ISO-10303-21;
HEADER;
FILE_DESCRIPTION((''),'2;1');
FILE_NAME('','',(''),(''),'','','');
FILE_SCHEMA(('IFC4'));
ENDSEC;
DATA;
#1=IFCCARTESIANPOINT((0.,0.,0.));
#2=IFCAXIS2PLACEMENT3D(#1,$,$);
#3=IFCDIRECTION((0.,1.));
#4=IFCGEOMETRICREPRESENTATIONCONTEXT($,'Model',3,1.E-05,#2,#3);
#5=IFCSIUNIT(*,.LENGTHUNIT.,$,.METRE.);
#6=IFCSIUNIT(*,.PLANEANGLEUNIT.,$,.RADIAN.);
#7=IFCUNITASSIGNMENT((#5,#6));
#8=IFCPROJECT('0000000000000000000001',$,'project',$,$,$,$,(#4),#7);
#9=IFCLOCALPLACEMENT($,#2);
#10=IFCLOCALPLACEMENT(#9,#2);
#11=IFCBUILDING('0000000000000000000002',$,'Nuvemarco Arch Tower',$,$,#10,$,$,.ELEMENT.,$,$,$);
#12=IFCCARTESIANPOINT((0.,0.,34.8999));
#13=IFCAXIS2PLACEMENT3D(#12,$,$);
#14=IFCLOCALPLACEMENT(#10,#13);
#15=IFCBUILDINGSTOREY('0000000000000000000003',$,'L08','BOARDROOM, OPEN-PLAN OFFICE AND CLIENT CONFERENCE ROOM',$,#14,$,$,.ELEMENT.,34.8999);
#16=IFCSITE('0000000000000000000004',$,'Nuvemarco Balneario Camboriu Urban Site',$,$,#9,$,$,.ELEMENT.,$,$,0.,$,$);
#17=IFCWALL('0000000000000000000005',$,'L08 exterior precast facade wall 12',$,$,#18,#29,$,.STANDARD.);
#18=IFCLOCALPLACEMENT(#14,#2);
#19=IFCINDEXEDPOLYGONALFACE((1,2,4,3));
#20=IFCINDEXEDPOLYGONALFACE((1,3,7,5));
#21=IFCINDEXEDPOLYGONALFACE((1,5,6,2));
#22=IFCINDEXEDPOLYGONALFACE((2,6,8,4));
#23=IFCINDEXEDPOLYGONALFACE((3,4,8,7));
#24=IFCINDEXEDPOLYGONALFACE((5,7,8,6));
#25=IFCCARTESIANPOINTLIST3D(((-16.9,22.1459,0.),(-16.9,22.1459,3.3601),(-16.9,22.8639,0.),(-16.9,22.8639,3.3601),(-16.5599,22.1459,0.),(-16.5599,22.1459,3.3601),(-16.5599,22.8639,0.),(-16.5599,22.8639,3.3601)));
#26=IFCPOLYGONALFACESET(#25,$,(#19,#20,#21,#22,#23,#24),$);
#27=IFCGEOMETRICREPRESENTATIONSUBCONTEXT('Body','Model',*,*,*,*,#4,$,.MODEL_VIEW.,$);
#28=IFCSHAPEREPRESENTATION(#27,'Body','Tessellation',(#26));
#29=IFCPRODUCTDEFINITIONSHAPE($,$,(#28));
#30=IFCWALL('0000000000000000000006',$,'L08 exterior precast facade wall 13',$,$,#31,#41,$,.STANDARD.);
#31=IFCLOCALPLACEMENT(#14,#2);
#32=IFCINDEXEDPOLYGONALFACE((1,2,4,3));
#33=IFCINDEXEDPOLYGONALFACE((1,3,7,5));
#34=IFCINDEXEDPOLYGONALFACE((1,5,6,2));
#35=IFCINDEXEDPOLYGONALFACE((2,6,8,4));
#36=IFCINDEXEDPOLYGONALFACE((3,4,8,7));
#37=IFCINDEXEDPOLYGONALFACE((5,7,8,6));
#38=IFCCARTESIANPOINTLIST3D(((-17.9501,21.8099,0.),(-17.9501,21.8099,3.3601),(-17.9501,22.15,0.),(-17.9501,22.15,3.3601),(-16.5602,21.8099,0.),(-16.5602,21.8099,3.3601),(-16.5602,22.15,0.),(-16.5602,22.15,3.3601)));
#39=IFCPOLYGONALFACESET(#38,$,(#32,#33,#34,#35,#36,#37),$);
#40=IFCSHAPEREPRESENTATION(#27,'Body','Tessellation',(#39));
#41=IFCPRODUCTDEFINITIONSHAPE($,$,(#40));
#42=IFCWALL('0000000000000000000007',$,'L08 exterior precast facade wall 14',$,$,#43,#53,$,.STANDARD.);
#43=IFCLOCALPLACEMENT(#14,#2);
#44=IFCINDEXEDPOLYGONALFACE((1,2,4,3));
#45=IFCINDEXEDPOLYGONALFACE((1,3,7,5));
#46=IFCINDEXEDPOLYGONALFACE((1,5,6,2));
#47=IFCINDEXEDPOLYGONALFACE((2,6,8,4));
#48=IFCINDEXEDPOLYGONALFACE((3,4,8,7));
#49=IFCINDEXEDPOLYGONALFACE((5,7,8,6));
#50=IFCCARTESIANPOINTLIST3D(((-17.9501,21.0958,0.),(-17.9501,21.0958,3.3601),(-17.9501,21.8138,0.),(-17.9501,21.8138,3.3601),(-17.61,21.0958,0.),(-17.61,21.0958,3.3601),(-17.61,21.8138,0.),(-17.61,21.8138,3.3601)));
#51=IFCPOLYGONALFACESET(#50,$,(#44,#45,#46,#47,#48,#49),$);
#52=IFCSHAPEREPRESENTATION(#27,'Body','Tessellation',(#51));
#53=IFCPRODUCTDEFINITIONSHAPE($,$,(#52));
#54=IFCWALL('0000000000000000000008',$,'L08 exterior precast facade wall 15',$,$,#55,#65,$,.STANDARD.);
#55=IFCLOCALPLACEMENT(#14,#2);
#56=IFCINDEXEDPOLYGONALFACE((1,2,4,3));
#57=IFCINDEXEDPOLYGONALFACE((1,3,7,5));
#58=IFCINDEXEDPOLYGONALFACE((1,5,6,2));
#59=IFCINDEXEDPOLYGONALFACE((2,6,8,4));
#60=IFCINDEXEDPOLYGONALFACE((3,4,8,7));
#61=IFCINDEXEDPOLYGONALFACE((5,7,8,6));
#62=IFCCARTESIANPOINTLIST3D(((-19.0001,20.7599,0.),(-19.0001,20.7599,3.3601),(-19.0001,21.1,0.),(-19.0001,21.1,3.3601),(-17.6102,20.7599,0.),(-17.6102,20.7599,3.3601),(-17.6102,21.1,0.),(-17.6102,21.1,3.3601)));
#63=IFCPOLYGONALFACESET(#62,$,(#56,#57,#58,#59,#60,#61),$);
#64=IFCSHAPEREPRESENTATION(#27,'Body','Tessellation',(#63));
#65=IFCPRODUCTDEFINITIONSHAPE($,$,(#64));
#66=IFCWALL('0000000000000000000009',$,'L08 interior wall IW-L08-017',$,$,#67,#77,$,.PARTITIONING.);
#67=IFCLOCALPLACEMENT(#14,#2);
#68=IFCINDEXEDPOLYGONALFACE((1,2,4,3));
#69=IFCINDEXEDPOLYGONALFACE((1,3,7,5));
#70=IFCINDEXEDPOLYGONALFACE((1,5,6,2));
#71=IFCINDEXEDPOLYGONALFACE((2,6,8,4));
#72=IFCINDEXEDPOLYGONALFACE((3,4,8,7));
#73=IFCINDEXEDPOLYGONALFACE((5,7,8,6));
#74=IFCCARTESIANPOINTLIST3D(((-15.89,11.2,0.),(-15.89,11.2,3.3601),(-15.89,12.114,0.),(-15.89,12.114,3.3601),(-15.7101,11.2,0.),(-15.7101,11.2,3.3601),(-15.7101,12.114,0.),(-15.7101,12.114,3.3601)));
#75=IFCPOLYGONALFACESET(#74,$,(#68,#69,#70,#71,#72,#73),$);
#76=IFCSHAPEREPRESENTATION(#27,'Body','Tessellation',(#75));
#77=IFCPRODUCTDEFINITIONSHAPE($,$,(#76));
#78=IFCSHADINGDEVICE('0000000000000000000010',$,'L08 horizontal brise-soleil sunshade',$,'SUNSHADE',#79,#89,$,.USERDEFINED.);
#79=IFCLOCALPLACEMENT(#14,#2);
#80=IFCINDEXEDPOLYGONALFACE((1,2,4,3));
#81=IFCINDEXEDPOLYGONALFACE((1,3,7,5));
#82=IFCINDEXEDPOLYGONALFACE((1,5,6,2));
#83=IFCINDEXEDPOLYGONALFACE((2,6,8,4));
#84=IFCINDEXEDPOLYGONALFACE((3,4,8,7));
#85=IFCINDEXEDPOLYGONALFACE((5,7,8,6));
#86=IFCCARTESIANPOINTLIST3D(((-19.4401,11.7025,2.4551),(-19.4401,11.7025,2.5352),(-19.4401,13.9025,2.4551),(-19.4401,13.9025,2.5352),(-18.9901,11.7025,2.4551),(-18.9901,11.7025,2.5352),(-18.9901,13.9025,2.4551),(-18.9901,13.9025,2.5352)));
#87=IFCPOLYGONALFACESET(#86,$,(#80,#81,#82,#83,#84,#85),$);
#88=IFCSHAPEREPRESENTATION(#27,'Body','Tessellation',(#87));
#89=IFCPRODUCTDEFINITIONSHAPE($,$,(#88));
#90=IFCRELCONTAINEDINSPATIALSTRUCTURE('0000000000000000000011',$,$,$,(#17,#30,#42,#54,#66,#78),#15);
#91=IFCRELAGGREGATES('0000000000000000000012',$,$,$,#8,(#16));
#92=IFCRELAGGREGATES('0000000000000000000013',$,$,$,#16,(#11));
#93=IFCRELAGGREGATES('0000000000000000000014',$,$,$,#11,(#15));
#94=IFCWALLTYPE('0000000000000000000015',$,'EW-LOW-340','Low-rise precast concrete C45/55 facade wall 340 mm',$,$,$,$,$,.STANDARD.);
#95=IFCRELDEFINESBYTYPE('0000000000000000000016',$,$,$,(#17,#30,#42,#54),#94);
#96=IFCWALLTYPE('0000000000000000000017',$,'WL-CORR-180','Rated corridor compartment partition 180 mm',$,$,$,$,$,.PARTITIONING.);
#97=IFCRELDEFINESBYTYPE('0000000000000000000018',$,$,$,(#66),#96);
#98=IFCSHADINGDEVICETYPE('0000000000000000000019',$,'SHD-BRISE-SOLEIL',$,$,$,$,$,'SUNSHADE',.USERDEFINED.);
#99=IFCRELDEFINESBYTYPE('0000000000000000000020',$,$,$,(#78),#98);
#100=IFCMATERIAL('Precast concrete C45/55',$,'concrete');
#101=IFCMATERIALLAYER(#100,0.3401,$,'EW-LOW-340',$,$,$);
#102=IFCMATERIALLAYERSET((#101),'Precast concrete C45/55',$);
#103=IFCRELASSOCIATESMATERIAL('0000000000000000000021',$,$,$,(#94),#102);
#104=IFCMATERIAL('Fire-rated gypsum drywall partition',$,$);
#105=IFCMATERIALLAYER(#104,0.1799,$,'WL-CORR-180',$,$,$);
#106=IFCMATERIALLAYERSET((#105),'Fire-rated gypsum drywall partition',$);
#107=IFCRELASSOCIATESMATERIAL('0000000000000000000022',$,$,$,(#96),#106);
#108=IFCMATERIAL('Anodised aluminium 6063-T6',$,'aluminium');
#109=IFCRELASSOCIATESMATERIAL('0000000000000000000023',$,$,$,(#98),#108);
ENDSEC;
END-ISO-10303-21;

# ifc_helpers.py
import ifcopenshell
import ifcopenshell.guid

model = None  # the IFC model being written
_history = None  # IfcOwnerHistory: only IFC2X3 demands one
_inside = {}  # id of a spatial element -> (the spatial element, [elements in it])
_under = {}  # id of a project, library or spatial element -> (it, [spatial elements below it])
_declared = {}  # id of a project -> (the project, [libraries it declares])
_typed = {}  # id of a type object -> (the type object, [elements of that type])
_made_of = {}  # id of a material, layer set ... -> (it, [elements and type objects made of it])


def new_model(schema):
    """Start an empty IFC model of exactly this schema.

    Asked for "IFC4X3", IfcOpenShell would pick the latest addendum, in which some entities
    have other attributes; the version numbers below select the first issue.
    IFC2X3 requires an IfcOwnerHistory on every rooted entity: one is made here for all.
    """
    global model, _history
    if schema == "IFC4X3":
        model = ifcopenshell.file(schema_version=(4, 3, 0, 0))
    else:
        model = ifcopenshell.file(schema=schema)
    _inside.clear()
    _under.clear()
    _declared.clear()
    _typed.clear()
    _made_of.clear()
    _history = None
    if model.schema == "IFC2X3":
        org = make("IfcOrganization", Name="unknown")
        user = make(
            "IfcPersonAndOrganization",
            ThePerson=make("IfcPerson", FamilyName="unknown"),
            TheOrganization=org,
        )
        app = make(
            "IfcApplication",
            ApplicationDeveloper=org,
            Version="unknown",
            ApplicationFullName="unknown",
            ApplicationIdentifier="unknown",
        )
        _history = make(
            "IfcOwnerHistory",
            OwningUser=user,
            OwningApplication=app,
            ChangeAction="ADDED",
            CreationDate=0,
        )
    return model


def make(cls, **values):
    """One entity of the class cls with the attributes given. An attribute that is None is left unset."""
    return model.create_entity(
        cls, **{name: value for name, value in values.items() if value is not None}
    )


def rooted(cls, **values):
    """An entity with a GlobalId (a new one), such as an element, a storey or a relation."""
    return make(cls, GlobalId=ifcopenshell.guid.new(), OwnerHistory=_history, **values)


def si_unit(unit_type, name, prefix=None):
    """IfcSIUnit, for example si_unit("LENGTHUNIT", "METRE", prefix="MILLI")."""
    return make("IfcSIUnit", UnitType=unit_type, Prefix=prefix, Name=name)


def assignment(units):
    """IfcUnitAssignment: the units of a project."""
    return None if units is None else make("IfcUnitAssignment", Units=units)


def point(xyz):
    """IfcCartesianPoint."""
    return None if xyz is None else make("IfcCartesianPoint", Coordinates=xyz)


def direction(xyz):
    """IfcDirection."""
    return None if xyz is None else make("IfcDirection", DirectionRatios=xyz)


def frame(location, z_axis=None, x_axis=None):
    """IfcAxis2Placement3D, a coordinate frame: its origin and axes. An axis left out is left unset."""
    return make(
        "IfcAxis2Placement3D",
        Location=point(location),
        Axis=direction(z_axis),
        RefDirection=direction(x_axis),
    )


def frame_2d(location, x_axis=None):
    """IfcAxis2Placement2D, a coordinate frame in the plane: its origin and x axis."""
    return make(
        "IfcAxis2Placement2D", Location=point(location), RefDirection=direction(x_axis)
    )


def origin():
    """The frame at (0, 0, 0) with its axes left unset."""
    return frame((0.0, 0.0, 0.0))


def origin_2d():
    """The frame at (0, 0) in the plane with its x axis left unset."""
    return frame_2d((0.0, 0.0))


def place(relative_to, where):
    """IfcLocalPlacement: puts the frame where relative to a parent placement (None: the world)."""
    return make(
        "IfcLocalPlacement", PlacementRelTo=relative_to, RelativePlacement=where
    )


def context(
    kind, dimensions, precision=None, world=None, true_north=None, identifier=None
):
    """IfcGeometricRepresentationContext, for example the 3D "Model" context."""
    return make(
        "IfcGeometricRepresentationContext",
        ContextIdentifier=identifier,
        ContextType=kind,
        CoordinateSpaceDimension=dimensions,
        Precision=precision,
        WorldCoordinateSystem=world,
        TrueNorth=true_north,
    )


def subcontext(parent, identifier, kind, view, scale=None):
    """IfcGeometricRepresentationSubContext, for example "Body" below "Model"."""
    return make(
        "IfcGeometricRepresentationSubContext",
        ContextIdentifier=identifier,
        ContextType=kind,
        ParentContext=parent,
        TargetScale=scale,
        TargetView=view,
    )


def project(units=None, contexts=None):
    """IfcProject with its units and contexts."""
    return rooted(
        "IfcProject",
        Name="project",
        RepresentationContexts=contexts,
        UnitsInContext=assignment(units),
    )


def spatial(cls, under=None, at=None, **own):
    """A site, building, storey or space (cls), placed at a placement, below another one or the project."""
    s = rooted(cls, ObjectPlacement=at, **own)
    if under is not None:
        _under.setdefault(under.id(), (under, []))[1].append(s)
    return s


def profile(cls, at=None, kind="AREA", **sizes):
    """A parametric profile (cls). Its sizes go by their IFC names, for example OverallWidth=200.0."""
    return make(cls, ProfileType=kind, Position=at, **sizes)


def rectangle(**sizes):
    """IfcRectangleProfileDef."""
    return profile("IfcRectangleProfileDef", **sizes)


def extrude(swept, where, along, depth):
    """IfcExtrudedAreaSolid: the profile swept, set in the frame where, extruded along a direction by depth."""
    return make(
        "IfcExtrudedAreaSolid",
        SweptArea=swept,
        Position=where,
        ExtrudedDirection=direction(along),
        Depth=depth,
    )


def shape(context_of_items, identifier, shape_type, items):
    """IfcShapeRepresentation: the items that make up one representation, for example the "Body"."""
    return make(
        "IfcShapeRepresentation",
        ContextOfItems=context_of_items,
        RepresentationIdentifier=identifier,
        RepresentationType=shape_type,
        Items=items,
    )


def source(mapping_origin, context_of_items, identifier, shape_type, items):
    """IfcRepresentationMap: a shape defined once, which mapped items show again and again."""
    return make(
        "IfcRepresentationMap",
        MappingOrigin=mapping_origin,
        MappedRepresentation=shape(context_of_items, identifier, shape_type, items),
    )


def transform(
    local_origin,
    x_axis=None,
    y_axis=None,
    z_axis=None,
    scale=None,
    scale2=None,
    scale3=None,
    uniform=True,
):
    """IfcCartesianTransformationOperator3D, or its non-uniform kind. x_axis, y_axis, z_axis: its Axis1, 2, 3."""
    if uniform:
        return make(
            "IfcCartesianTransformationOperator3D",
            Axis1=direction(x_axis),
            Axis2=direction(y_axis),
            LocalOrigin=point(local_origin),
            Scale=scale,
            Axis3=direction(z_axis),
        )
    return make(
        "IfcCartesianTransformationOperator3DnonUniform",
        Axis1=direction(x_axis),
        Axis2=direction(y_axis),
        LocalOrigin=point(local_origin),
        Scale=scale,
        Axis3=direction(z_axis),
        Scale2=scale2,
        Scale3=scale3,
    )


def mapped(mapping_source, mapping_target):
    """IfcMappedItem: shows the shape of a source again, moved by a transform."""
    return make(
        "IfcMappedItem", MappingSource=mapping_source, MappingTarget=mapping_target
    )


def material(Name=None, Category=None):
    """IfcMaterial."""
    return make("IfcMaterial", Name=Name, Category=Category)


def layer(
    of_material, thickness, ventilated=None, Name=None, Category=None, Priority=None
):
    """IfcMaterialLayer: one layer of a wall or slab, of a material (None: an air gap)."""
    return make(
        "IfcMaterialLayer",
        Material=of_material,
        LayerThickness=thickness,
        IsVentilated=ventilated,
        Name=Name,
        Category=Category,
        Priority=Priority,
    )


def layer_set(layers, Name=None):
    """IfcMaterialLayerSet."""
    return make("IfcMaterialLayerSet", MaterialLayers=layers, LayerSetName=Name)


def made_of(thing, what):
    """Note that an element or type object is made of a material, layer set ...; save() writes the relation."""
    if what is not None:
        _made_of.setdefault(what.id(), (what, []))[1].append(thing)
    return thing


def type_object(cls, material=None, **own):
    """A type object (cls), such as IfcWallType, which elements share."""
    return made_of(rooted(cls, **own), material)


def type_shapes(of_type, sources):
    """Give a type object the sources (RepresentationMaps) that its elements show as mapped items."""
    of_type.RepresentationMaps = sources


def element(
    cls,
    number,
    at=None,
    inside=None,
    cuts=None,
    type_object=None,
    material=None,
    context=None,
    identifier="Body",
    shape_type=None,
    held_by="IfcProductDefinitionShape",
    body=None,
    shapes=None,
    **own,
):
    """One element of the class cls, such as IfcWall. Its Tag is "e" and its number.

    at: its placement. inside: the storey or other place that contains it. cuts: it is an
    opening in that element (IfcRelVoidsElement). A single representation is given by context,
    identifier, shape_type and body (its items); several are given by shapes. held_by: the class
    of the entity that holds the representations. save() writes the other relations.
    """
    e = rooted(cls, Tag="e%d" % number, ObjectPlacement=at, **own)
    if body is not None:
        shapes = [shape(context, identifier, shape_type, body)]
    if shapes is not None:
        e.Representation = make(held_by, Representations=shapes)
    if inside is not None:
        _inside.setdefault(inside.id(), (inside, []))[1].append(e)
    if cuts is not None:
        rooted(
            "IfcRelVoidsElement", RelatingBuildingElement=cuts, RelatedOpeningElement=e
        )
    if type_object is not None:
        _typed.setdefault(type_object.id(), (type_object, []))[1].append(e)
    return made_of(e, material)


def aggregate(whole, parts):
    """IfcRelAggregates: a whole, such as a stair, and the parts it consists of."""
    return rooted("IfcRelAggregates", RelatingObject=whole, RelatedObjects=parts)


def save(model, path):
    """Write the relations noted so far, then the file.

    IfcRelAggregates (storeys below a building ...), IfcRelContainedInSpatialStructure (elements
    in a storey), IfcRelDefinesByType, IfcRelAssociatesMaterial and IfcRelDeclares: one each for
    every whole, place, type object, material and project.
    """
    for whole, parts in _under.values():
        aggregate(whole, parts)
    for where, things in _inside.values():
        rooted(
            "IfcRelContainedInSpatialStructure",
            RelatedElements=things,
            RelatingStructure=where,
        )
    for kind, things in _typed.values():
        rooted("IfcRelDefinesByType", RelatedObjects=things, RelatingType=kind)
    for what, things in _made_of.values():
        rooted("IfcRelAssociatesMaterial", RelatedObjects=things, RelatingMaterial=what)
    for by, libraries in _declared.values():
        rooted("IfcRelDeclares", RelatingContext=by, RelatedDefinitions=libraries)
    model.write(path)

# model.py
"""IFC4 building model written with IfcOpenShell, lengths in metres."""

from ifc_helpers import new_model, si_unit, direction, frame, frame_2d, origin, origin_2d, place, context, subcontext, project, spatial, rectangle, extrude, source, transform, mapped, material, layer, layer_set, type_object, type_shapes, element, save


model = new_model("IFC4")

# Units and contexts
model_context = context("Model", 3, precision=1e-05, world=origin(), true_north=direction((0.0, 1.0)))
body_context = subcontext(model_context, "Body", "Model", "MODEL_VIEW")
ifc_project = project(units=[si_unit("LENGTHUNIT", "METRE"), si_unit("PLANEANGLEUNIT", "RADIAN")], contexts=[model_context])

# Site, building, storey
site_placement = place(None, origin())
site = spatial("IfcSite", under=ifc_project, at=site_placement, Name="Nuvemarco Balneario Camboriu Urban Site", CompositionType="ELEMENT", RefElevation=0.0)
building_placement = place(site_placement, origin())
building = spatial("IfcBuilding", under=site, at=building_placement, Name="Nuvemarco Arch Tower", CompositionType="ELEMENT")
storey_placement = place(building_placement, frame((0.0, 0.0, 34.8999)))
storey = spatial("IfcBuildingStorey", under=building, at=storey_placement, Name="L08", Description="BOARDROOM, OPEN-PLAN OFFICE AND CLIENT CONFERENCE ROOM", CompositionType="ELEMENT", Elevation=34.8999)

# Shared definitions
ifc_material_1 = material(Name="Precast concrete C45/55", Category="concrete")

# Shared definitions
ifc_layer_1 = layer(ifc_material_1, 0.3401, Name="EW-LOW-340")
ifc_layer_set_1 = layer_set([ifc_layer_1], Name="Precast concrete C45/55")
wall_type_1 = type_object("IfcWallType", Name="EW-LOW-340", Description="Low-rise precast concrete C45/55 facade wall 340 mm", PredefinedType="STANDARD", material=ifc_layer_set_1)

# Walls
wall_1_placement = place(storey_placement, frame((-16.73, 22.146, 0.0), z_axis=(0.0, 0.0, 1.0), x_axis=(0.0, 1.0, 0.0)))
element("IfcWall", 1, at=wall_1_placement, inside=storey, type_object=wall_type_1, Name="L08 exterior precast facade wall 12", PredefinedType="STANDARD", context=body_context, shape_type="SweptSolid", body=[
    extrude(rectangle(XDim=0.718, YDim=0.3401, at=frame_2d((0.3589, 0.0))), origin(), (0.0, 0.0, 1.0), 3.3601),
])
wall_2_placement = place(storey_placement, frame((-17.95, 21.98, 0.0), z_axis=(0.0, 0.0, 1.0), x_axis=(1.0, 0.0, 0.0)))
element("IfcWall", 2, at=wall_2_placement, inside=storey, type_object=wall_type_1, Name="L08 exterior precast facade wall 13", PredefinedType="STANDARD", context=body_context, shape_type="SweptSolid", body=[
    extrude(rectangle(XDim=1.3899, YDim=0.3401, at=frame_2d((0.6948, 0.0))), origin(), (0.0, 0.0, 1.0), 3.3601),
])
wall_3_placement = place(storey_placement, frame((-17.78, 21.0959, 0.0), z_axis=(0.0, 0.0, 1.0), x_axis=(0.0, 1.0, 0.0)))
element("IfcWall", 3, at=wall_3_placement, inside=storey, type_object=wall_type_1, Name="L08 exterior precast facade wall 14", PredefinedType="STANDARD", context=body_context, shape_type="SweptSolid", body=[
    extrude(rectangle(XDim=0.718, YDim=0.3401, at=frame_2d((0.3589, 0.0))), origin(), (0.0, 0.0, 1.0), 3.3601),
])
wall_4_placement = place(storey_placement, frame((-19.0, 20.9299, 0.0), z_axis=(0.0, 0.0, 1.0), x_axis=(1.0, 0.0, 0.0)))
element("IfcWall", 4, at=wall_4_placement, inside=storey, type_object=wall_type_1, Name="L08 exterior precast facade wall 15", PredefinedType="STANDARD", context=body_context, shape_type="SweptSolid", body=[
    extrude(rectangle(XDim=1.3899, YDim=0.3401, at=frame_2d((0.6948, 0.0))), origin(), (0.0, 0.0, 1.0), 3.3601),
])
ifc_material_2 = material(Name="Fire-rated gypsum drywall partition")
ifc_layer_2 = layer(ifc_material_2, 0.1799, Name="WL-CORR-180")
ifc_layer_set_2 = layer_set([ifc_layer_2], Name="Fire-rated gypsum drywall partition")
wall_type_2 = type_object("IfcWallType", Name="WL-CORR-180", Description="Rated corridor compartment partition 180 mm", PredefinedType="PARTITIONING", material=ifc_layer_set_2)
wall_5_placement = place(storey_placement, frame((-15.8, 11.2, 0.0), z_axis=(0.0, 0.0, 1.0), x_axis=(0.0, 1.0, 0.0)))
element("IfcWall", 5, at=wall_5_placement, inside=storey, type_object=wall_type_2, Name="L08 interior wall IW-L08-017", PredefinedType="PARTITIONING", context=body_context, shape_type="SweptSolid", body=[
    extrude(rectangle(XDim=0.9141, YDim=0.1799, at=frame_2d((0.457, 0.0))), origin(), (0.0, 0.0, 1.0), 3.3601),
])

# Shading device
ifc_material_3 = material(Name="Anodised aluminium 6063-T6", Category="aluminium")
shading_device_type = type_object("IfcShadingDeviceType", Name="SHD-BRISE-SOLEIL", ElementType="SUNSHADE", PredefinedType="USERDEFINED", material=ifc_material_3)
shared_shape_1 = source(origin(), body_context, "Body", "SweptSolid", [
    extrude(rectangle(XDim=2.2, YDim=0.45, at=origin_2d()), origin(), (0.0, 0.0, 1.0), 0.0801),
])
type_shapes(shading_device_type, [shared_shape_1])
shading_device_placement = place(storey_placement, frame((-19.2151, 12.8025, 2.4551), z_axis=(0.0, 0.0, 1.0), x_axis=(0.0, 1.0, 0.0)))
element("IfcShadingDevice", 6, at=shading_device_placement, inside=storey, type_object=shading_device_type, Name="L08 horizontal brise-soleil sunshade", ObjectType="SUNSHADE", PredefinedType="USERDEFINED", context=body_context, shape_type="MappedRepresentation", body=[
    mapped(shared_shape_1, transform((0.0, 0.0, 0.0), scale=1.0)),
])

save(model, "model.ifc")
